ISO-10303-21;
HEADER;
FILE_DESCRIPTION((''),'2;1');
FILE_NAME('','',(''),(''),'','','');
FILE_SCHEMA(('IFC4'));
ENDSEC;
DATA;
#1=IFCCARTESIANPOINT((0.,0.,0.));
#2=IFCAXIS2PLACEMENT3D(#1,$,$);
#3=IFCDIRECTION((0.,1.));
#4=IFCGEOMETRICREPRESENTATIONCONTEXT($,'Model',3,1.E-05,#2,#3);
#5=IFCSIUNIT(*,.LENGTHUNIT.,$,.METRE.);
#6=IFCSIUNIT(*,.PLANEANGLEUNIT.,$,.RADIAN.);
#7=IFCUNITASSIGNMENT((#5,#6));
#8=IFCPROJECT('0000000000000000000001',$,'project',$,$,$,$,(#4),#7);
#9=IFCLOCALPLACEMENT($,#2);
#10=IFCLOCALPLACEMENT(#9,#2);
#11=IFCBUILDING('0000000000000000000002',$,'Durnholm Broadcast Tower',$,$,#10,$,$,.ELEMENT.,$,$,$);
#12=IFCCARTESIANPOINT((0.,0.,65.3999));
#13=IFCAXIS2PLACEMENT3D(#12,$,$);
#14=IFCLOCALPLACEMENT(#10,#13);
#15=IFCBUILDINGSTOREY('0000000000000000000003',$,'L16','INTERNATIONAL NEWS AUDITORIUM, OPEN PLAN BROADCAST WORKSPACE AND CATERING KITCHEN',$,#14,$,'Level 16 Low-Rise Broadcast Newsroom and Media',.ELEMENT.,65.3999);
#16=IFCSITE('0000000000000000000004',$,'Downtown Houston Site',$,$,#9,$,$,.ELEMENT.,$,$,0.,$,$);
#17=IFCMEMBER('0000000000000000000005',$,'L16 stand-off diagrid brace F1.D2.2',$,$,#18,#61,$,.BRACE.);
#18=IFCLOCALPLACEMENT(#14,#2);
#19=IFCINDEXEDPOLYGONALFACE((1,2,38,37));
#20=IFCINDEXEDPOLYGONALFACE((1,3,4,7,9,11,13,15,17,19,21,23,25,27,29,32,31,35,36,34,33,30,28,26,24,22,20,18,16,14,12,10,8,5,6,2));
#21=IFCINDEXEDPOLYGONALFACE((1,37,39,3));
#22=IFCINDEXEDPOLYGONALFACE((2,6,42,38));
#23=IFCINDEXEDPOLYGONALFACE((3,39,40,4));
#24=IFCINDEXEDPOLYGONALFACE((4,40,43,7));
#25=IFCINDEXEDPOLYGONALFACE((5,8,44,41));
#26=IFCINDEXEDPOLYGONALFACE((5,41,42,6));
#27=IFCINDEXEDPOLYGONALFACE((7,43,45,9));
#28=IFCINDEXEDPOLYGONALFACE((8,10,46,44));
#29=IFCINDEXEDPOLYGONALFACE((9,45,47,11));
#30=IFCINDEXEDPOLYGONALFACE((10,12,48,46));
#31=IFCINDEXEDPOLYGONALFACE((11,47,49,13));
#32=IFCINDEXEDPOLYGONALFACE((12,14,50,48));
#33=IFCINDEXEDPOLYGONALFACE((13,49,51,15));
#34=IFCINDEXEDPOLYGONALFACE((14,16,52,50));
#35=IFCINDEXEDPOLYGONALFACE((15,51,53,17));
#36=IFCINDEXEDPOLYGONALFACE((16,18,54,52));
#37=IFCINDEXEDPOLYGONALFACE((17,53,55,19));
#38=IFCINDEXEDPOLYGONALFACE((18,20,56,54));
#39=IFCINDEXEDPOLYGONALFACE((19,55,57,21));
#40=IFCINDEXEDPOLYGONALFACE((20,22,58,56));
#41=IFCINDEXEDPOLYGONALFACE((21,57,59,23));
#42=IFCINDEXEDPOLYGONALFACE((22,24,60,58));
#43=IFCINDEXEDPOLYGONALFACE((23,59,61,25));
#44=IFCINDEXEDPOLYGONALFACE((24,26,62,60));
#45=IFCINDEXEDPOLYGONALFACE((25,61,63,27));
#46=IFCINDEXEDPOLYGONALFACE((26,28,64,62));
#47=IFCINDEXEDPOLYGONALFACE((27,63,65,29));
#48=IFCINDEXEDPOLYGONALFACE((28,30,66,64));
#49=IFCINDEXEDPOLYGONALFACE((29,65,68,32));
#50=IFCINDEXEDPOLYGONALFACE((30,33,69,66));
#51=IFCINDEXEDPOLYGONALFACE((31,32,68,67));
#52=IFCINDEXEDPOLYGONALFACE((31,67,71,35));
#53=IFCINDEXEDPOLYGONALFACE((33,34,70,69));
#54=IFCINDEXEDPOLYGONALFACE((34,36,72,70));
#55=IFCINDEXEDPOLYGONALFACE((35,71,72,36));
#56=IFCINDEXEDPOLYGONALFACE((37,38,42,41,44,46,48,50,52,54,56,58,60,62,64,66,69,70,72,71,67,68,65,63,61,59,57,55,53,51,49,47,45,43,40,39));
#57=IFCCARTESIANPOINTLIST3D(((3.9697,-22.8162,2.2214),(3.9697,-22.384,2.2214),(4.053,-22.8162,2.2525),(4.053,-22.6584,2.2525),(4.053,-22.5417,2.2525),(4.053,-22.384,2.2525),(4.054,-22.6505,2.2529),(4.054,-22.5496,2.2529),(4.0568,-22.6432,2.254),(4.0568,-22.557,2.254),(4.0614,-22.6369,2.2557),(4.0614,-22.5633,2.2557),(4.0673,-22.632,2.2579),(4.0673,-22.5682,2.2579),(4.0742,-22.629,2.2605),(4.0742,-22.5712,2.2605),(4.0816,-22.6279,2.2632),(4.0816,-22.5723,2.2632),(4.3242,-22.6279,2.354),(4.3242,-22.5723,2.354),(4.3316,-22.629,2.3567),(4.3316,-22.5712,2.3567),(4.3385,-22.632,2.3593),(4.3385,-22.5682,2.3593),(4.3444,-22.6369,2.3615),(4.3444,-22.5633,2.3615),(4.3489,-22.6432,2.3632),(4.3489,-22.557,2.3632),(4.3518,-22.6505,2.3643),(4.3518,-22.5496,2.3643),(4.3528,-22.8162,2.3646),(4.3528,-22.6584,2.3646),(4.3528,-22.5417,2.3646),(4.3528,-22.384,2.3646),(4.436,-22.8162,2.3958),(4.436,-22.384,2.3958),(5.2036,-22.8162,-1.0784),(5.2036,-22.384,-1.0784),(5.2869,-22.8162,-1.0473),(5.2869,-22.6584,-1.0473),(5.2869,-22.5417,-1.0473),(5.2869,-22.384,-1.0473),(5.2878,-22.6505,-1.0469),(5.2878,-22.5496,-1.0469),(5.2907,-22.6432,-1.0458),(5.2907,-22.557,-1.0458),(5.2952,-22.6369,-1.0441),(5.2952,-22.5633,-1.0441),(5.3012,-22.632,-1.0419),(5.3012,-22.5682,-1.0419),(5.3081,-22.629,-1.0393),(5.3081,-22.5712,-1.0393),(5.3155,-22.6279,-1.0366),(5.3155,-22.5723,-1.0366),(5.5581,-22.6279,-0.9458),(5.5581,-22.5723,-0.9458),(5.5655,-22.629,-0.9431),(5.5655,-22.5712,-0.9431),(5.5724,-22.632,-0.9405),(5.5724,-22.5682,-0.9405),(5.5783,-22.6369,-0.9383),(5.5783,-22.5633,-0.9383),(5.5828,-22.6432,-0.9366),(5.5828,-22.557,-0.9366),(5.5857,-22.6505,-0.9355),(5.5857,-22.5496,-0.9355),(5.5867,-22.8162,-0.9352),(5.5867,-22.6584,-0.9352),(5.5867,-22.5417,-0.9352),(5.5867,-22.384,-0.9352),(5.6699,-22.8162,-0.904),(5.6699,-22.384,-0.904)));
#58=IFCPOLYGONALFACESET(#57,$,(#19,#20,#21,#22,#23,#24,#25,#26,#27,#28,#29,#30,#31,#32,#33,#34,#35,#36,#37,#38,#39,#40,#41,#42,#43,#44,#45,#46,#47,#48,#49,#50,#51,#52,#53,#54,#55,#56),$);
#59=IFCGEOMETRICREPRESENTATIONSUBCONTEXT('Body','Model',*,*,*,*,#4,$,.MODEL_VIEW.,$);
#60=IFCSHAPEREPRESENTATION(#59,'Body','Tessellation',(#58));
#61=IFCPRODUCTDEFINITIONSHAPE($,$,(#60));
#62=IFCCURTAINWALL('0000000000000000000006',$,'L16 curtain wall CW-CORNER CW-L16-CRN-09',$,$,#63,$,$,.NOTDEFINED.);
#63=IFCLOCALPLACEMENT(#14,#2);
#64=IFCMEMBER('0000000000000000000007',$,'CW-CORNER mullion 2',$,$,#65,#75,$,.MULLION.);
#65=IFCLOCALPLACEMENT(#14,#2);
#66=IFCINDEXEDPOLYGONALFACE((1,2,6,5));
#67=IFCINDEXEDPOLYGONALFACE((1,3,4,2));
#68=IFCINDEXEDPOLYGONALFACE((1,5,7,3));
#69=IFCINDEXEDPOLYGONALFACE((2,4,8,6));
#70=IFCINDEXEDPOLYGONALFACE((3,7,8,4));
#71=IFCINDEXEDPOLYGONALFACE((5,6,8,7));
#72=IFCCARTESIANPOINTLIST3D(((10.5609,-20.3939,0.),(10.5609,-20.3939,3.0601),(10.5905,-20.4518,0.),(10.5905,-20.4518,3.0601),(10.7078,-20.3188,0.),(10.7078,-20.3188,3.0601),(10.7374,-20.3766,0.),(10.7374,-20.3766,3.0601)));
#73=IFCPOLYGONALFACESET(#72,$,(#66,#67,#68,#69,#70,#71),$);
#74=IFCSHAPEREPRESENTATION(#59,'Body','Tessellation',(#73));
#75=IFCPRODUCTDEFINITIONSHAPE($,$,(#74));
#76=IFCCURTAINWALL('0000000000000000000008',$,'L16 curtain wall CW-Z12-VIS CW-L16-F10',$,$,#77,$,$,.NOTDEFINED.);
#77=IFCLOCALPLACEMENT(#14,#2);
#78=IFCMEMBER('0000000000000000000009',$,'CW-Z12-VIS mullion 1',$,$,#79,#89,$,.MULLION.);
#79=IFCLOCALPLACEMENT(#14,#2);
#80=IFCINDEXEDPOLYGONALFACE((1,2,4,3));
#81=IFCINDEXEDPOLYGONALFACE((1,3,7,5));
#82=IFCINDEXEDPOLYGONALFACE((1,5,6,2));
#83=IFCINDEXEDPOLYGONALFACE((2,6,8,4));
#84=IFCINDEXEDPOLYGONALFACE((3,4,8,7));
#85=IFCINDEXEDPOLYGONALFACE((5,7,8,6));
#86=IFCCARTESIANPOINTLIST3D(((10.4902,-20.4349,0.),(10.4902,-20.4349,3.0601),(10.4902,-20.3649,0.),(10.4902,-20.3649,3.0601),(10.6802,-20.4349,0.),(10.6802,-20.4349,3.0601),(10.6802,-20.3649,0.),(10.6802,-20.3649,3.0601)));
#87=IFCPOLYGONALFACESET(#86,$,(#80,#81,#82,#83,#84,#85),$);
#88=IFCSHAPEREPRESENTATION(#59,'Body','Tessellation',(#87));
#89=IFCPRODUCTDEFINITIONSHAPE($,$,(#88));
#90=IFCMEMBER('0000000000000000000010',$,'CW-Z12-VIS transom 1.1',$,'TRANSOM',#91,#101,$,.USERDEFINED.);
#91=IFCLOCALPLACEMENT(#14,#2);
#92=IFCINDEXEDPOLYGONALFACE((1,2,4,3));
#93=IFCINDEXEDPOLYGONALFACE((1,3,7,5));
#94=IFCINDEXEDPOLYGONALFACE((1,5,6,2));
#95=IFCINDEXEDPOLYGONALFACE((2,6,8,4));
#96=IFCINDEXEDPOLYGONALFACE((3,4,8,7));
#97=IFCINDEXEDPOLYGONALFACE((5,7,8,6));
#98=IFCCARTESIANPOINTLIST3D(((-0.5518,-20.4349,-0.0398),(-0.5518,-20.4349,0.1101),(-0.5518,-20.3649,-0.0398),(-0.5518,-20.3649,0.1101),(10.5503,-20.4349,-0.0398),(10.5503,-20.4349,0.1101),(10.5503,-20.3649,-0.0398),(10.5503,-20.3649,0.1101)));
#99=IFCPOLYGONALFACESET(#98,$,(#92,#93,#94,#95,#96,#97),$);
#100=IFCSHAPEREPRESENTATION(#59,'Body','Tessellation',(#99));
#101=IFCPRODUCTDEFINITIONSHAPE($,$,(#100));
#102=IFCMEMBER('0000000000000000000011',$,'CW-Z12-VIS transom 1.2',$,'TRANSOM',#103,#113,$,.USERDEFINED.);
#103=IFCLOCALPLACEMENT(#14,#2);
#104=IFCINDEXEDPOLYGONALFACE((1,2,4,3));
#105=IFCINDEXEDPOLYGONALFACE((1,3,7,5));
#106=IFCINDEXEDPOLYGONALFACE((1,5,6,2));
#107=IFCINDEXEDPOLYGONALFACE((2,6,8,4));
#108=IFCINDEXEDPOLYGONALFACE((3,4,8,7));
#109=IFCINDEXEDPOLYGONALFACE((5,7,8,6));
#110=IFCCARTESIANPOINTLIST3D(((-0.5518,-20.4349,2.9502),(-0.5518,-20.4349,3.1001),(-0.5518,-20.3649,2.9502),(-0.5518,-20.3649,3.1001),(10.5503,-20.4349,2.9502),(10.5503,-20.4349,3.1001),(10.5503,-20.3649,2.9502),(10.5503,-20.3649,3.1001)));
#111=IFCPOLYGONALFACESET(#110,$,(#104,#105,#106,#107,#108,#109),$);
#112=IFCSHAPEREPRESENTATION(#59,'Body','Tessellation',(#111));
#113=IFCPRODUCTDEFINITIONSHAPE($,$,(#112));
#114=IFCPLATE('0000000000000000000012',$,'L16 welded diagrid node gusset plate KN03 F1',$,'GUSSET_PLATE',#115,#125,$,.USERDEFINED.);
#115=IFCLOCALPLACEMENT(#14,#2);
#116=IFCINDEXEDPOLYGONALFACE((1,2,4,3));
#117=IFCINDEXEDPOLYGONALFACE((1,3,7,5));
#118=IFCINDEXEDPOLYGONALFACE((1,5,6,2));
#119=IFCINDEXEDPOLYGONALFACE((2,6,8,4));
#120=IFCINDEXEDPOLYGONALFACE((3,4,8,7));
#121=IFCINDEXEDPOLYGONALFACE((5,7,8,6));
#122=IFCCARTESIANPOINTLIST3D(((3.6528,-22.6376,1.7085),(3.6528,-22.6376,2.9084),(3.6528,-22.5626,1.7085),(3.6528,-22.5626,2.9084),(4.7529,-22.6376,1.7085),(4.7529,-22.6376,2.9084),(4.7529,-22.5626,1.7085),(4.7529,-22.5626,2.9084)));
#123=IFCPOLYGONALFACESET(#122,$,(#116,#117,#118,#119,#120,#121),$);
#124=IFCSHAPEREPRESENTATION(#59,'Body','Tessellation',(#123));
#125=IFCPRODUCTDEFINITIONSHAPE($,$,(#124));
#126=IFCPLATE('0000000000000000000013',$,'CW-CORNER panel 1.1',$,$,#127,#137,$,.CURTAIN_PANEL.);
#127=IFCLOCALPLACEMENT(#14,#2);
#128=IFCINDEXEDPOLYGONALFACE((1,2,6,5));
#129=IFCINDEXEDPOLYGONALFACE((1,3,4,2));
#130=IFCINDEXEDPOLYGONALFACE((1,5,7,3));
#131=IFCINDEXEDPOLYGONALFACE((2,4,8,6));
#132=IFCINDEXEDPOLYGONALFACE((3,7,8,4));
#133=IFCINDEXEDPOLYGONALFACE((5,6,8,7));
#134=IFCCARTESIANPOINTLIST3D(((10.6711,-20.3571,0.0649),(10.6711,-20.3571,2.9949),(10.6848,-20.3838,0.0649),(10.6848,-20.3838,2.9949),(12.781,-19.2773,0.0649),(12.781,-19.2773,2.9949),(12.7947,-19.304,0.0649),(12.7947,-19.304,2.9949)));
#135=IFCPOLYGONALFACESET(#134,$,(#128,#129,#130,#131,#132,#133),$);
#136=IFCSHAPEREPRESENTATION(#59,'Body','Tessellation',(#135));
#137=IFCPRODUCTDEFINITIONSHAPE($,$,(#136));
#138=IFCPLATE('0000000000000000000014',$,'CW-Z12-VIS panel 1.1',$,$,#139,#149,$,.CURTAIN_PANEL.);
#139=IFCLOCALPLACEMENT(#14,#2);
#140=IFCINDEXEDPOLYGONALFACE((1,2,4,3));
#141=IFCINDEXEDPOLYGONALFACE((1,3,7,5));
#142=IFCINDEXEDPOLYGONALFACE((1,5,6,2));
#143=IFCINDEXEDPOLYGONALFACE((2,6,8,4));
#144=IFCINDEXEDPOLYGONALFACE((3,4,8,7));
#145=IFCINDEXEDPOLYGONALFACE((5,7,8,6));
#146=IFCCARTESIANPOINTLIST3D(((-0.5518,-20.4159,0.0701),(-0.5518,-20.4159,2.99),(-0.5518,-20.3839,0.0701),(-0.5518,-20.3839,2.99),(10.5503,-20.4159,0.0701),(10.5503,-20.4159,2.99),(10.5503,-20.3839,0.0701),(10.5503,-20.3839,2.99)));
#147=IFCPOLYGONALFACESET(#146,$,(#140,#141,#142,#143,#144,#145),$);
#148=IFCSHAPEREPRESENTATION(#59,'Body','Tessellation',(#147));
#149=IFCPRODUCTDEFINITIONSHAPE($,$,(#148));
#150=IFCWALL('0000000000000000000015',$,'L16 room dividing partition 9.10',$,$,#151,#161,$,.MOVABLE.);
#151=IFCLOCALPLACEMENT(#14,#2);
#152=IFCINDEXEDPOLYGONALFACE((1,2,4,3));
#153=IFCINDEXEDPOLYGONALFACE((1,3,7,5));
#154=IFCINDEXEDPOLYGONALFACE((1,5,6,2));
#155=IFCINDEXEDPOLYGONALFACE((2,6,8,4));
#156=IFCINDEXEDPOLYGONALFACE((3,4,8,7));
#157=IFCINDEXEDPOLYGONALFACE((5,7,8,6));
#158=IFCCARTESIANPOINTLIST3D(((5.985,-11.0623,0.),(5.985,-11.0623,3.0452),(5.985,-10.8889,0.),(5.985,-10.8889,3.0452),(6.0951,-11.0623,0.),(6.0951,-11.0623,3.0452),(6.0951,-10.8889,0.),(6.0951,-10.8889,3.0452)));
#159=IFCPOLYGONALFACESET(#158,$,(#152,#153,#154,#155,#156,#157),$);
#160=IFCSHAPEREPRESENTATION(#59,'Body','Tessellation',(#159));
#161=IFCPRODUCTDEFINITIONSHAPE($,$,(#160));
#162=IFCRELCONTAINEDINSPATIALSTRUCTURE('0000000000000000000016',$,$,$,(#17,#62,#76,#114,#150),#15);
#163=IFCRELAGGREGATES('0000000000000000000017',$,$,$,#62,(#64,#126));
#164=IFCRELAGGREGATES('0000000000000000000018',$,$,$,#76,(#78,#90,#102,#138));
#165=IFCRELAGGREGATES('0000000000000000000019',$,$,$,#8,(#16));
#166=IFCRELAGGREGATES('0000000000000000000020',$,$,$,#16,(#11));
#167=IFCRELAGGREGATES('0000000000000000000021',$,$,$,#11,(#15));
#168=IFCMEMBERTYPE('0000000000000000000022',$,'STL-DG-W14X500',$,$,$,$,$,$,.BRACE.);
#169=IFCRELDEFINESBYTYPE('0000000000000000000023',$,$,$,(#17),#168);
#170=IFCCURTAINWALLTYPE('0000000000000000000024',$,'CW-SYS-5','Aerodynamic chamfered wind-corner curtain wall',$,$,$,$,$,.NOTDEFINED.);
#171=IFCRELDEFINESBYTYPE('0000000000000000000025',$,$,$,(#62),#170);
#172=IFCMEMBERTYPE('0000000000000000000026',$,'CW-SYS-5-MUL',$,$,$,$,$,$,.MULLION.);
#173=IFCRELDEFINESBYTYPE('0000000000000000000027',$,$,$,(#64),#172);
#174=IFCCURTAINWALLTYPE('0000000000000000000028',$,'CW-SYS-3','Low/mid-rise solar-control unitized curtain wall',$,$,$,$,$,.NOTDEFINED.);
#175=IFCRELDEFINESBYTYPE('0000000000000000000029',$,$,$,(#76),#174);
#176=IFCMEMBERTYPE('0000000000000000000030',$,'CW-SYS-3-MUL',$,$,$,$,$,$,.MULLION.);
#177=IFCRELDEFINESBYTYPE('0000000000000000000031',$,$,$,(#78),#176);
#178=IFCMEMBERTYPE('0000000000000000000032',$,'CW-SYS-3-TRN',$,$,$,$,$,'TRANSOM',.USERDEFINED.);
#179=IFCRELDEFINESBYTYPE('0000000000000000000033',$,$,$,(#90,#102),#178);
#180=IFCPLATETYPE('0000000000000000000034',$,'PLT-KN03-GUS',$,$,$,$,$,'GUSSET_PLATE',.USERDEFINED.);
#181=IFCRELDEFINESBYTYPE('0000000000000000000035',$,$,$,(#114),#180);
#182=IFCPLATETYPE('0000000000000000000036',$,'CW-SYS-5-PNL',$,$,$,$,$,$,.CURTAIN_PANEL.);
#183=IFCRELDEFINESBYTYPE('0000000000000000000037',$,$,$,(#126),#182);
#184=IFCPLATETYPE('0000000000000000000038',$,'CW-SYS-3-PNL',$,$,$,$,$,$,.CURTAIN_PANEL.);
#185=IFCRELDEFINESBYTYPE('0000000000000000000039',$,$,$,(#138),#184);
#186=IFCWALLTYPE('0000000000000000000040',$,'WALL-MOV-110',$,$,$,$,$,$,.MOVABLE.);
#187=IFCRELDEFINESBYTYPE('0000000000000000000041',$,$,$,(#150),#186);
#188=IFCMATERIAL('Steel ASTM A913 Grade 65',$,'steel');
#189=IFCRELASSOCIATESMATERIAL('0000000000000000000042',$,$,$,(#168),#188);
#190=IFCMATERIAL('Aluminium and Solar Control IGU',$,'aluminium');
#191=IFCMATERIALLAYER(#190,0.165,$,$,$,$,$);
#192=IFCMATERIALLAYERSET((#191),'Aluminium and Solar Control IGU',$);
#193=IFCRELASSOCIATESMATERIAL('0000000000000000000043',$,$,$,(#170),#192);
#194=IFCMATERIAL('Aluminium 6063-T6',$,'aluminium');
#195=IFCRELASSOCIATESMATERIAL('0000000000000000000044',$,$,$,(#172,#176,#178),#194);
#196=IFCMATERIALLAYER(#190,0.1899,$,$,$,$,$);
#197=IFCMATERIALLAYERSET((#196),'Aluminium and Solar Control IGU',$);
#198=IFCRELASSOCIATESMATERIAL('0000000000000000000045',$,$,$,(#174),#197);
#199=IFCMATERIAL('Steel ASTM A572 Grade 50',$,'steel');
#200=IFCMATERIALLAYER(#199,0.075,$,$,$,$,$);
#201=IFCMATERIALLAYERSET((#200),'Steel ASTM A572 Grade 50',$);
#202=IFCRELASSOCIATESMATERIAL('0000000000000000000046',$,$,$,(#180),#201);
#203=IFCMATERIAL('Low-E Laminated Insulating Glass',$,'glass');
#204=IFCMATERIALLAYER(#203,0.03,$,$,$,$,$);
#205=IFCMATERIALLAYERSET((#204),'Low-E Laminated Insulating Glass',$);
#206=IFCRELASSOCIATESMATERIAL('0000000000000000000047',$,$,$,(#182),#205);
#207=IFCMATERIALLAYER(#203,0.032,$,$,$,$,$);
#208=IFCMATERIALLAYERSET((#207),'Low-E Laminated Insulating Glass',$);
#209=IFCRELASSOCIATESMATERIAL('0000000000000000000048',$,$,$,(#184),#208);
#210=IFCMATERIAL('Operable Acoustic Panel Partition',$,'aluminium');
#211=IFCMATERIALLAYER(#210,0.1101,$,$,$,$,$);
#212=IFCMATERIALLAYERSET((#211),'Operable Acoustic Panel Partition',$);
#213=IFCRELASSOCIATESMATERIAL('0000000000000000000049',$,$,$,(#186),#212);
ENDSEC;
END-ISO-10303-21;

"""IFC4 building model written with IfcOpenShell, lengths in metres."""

from ifc_helpers import new_model, si_unit, direction, frame, frame_2d, origin, origin_2d, place, context, subcontext, project, spatial, rectangle, i_section, extrude, source, transform, mapped, material, layer, layer_set, material_profile, profile_set, type_object, type_shapes, element, aggregate, save


model = new_model("IFC4")

# Units and contexts
model_context = context("Model", 3, precision=1e-05, world=origin(), true_north=direction((0.0, 1.0)))
body_context = subcontext(model_context, "Body", "Model", "MODEL_VIEW")
ifc_project = project(units=[si_unit("LENGTHUNIT", "METRE"), si_unit("PLANEANGLEUNIT", "RADIAN")], contexts=[model_context])

# Site, building, storey
site_placement = place(None, origin())
site = spatial("IfcSite", under=ifc_project, at=site_placement, Name="Downtown Houston Site", CompositionType="ELEMENT", RefElevation=0.0)
building_placement = place(site_placement, origin())
building = spatial("IfcBuilding", under=site, at=building_placement, Name="Durnholm Broadcast Tower", CompositionType="ELEMENT")
storey_placement = place(building_placement, frame((0.0, 0.0, 65.3999)))
storey = spatial("IfcBuildingStorey", under=building, at=storey_placement, Name="L16", Description="INTERNATIONAL NEWS AUDITORIUM, OPEN PLAN BROADCAST WORKSPACE AND CATERING KITCHEN", LongName="Level 16 Low-Rise Broadcast Newsroom and Media", CompositionType="ELEMENT", Elevation=65.3999)

# Member
ifc_material_1 = material(Name="Steel ASTM A913 Grade 65", Category="steel")
ifc_material_profile_1 = material_profile(ifc_material_1, i_section(OverallWidth=0.4321, OverallDepth=0.4978, WebThickness=0.0557, FlangeThickness=0.0889, FilletRadius=0.0305, at=origin_2d()), Name="W14X500")
ifc_profile_set_1 = profile_set([ifc_material_profile_1], Name="Steel ASTM A913 Grade 65")
member_type_1 = type_object("IfcMemberType", Name="STL-DG-W14X500", PredefinedType="BRACE", material=ifc_profile_set_1)
shared_shape_1 = source(origin(), body_context, "Body", "SweptSolid", [
    extrude(i_section(OverallWidth=0.4321, OverallDepth=0.4978, WebThickness=0.0557, FlangeThickness=0.0889, FilletRadius=0.0305, at=origin_2d()), origin(), (0.0, 0.0, 1.0), 3.5229),
])
type_shapes(member_type_1, [shared_shape_1])
for number, where, z_axis, x_axis, name in (
    (1, (5.4368, -22.6001, -0.9912), (-0.350242, 0.0, 0.936659), (0.0, -1.0, 0.0), "L16 stand-off diagrid brace F1.D2.2"),
):
    element("IfcMember", number, at=place(storey_placement, frame(where, z_axis=z_axis, x_axis=x_axis)), inside=storey, type_object=member_type_1, Name=name, PredefinedType="BRACE", context=body_context, shape_type="MappedRepresentation", body=[
        mapped(shared_shape_1, transform((0.0, 0.0, 0.0), x_axis=(1.0, 0.0, 0.0), y_axis=(0.0, 1.0, 0.0), z_axis=(0.0, 0.0, 1.0), scale=1.0)),
    ])

# Curtain wall, member
ifc_material_2 = material(Name="Aluminium and Solar Control IGU", Category="aluminium")
ifc_layer_1 = layer(ifc_material_2, 0.165)
ifc_layer_set_1 = layer_set([ifc_layer_1], Name="Aluminium and Solar Control IGU")
curtain_wall_type_1 = type_object("IfcCurtainWallType", Name="CW-SYS-5", Description="Aerodynamic chamfered wind-corner curtain wall", PredefinedType="NOTDEFINED", material=ifc_layer_set_1)
curtain_wall_1_placement = place(storey_placement, origin())
curtain_wall_1 = element("IfcCurtainWall", 2, at=curtain_wall_1_placement, inside=storey, type_object=curtain_wall_type_1, Name="L16 curtain wall CW-CORNER CW-L16-CRN-09", PredefinedType="NOTDEFINED")
ifc_material_3 = material(Name="Aluminium 6063-T6", Category="aluminium")
ifc_material_profile_2 = material_profile(ifc_material_3, rectangle(XDim=0.0649, YDim=0.165, at=origin_2d()), Name="CWM65X165")
ifc_profile_set_2 = profile_set([ifc_material_profile_2], Name="Aluminium 6063-T6")
member_type_2 = type_object("IfcMemberType", Name="CW-SYS-5-MUL", PredefinedType="MULLION", material=ifc_profile_set_2)
shared_shape_2 = source(origin(), body_context, "Body", "SweptSolid", [
    extrude(rectangle(XDim=0.0649, YDim=0.165, at=origin_2d()), origin(), (0.0, 0.0, 1.0), 3.0601),
])
type_shapes(member_type_2, [shared_shape_2])
member_1_placement = place(storey_placement, frame((10.6492, -20.3853, 0.0), z_axis=(0.0, 0.0, 1.0), x_axis=(0.455594, -0.890188, 0.0)))
member_1 = element("IfcMember", 3, at=member_1_placement, type_object=member_type_2, Name="CW-CORNER mullion 2", PredefinedType="MULLION", context=body_context, shape_type="MappedRepresentation", body=[
    mapped(shared_shape_2, transform((0.0, 0.0, 0.0), x_axis=(1.0, 0.0, 0.0), y_axis=(0.0, 1.0, 0.0), z_axis=(0.0, 0.0, 1.0), scale=1.0)),
])

# Curtain wall, members
ifc_layer_2 = layer(ifc_material_2, 0.1899)
ifc_layer_set_2 = layer_set([ifc_layer_2], Name="Aluminium and Solar Control IGU")
curtain_wall_type_2 = type_object("IfcCurtainWallType", Name="CW-SYS-3", Description="Low/mid-rise solar-control unitized curtain wall", PredefinedType="NOTDEFINED", material=ifc_layer_set_2)
curtain_wall_2_placement = place(storey_placement, origin())
curtain_wall_2 = element("IfcCurtainWall", 4, at=curtain_wall_2_placement, inside=storey, type_object=curtain_wall_type_2, Name="L16 curtain wall CW-Z12-VIS CW-L16-F10", PredefinedType="NOTDEFINED")
ifc_material_profile_3 = material_profile(ifc_material_3, rectangle(XDim=0.0701, YDim=0.1899, at=origin_2d()), Name="CWM70X190")
ifc_profile_set_3 = profile_set([ifc_material_profile_3], Name="Aluminium 6063-T6")
member_type_3 = type_object("IfcMemberType", Name="CW-SYS-3-MUL", PredefinedType="MULLION", material=ifc_profile_set_3)
shared_shape_3 = source(origin(), body_context, "Body", "SweptSolid", [
    extrude(rectangle(XDim=0.0701, YDim=0.1899, at=origin_2d()), origin(), (0.0, 0.0, 1.0), 3.0601),
])
type_shapes(member_type_3, [shared_shape_3])
member_2_placement = place(storey_placement, frame((10.5852, -20.3999, 0.0), z_axis=(0.0, 0.0, 1.0), x_axis=(0.0, -1.0, 0.0)))
member_2 = element("IfcMember", 5, at=member_2_placement, type_object=member_type_3, Name="CW-Z12-VIS mullion 1", PredefinedType="MULLION", context=body_context, shape_type="MappedRepresentation", body=[
    mapped(shared_shape_3, transform((0.0, 0.0, 0.0), x_axis=(1.0, 0.0, 0.0), y_axis=(0.0, 1.0, 0.0), z_axis=(0.0, 0.0, 1.0), scale=1.0)),
])
ifc_material_profile_4 = material_profile(ifc_material_3, rectangle(XDim=0.0701, YDim=0.1499, at=origin_2d()), Name="CWT70X150")
ifc_profile_set_4 = profile_set([ifc_material_profile_4], Name="Aluminium 6063-T6")
member_type_4 = type_object("IfcMemberType", Name="CW-SYS-3-TRN", ElementType="TRANSOM", PredefinedType="USERDEFINED", material=ifc_profile_set_4)
shared_shape_4 = source(origin(), body_context, "Body", "SweptSolid", [
    extrude(rectangle(XDim=0.0701, YDim=0.1499, at=origin_2d()), origin(), (0.0, 0.0, 1.0), 11.1021),
])
type_shapes(member_type_4, [shared_shape_4])
member_3_placement = place(storey_placement, frame((10.5503, -20.3999, 0.0352), z_axis=(-1.0, 0.0, 0.0), x_axis=(0.0, -1.0, 0.0)))
member_3 = element("IfcMember", 6, at=member_3_placement, type_object=member_type_4, Name="CW-Z12-VIS transom 1.1", ObjectType="TRANSOM", PredefinedType="USERDEFINED", context=body_context, shape_type="MappedRepresentation", body=[
    mapped(shared_shape_4, transform((0.0, 0.0, 0.0), x_axis=(1.0, 0.0, 0.0), y_axis=(0.0, 1.0, 0.0), z_axis=(0.0, 0.0, 1.0), scale=1.0)),
])
member_4_placement = place(storey_placement, frame((10.5503, -20.3999, 3.0251), z_axis=(-1.0, 0.0, 0.0), x_axis=(0.0, -1.0, 0.0)))
member_4 = element("IfcMember", 7, at=member_4_placement, type_object=member_type_4, Name="CW-Z12-VIS transom 1.2", ObjectType="TRANSOM", PredefinedType="USERDEFINED", context=body_context, shape_type="MappedRepresentation", body=[
    mapped(shared_shape_4, transform((0.0, 0.0, 0.0), x_axis=(1.0, 0.0, 0.0), y_axis=(0.0, 1.0, 0.0), z_axis=(0.0, 0.0, 1.0), scale=1.0)),
])

# Plates
ifc_material_4 = material(Name="Steel ASTM A572 Grade 50", Category="steel")
ifc_layer_3 = layer(ifc_material_4, 0.075)
ifc_layer_set_3 = layer_set([ifc_layer_3], Name="Steel ASTM A572 Grade 50")
plate_type_1 = type_object("IfcPlateType", Name="PLT-KN03-GUS", ElementType="GUSSET_PLATE", PredefinedType="USERDEFINED", material=ifc_layer_set_3)
shared_shape_5 = source(origin(), body_context, "Body", "SweptSolid", [
    extrude(rectangle(XDim=1.1001, YDim=0.075, at=origin_2d()), origin(), (0.0, 0.0, 1.0), 1.2),
])
type_shapes(plate_type_1, [shared_shape_5])
plate_1_placement = place(storey_placement, frame((4.2029, -22.6001, 1.7085), z_axis=(0.0, 0.0, 1.0), x_axis=(1.0, 0.0, 0.0)))
element("IfcPlate", 8, at=plate_1_placement, inside=storey, type_object=plate_type_1, Name="L16 welded diagrid node gusset plate KN03 F1", ObjectType="GUSSET_PLATE", PredefinedType="USERDEFINED", context=body_context, shape_type="MappedRepresentation", body=[
    mapped(shared_shape_5, transform((0.0, 0.0, 0.0), x_axis=(1.0, 0.0, 0.0), y_axis=(0.0, 1.0, 0.0), z_axis=(0.0, 0.0, 1.0), scale=1.0)),
])
ifc_material_5 = material(Name="Low-E Laminated Insulating Glass", Category="glass")
ifc_layer_4 = layer(ifc_material_5, 0.03)
ifc_layer_set_4 = layer_set([ifc_layer_4], Name="Low-E Laminated Insulating Glass")
plate_type_2 = type_object("IfcPlateType", Name="CW-SYS-5-PNL", PredefinedType="CURTAIN_PANEL", material=ifc_layer_set_4)
shared_shape_6 = source(origin(), body_context, "Body", "SweptSolid", [
    extrude(rectangle(XDim=2.3701, YDim=0.03, at=origin_2d()), origin(), (0.0, 0.0, 1.0), 2.9299),
])
type_shapes(plate_type_2, [shared_shape_6])
plate_2_placement = place(storey_placement, frame((11.7329, -19.8306, 0.0649), z_axis=(0.0, 0.0, 1.0), x_axis=(-0.890188, -0.455594, 0.0)))
plate_2 = element("IfcPlate", 9, at=plate_2_placement, type_object=plate_type_2, Name="CW-CORNER panel 1.1", PredefinedType="CURTAIN_PANEL", context=body_context, shape_type="MappedRepresentation", body=[
    mapped(shared_shape_6, transform((0.0, 0.0, 0.0), x_axis=(1.0, 0.0, 0.0), y_axis=(0.0, 1.0, 0.0), z_axis=(0.0, 0.0, 1.0), scale=1.0)),
])
aggregate(curtain_wall_1, [member_1, plate_2])
ifc_layer_5 = layer(ifc_material_5, 0.032)
ifc_layer_set_5 = layer_set([ifc_layer_5], Name="Low-E Laminated Insulating Glass")
plate_type_3 = type_object("IfcPlateType", Name="CW-SYS-3-PNL", PredefinedType="CURTAIN_PANEL", material=ifc_layer_set_5)
shared_shape_7 = source(origin(), body_context, "Body", "SweptSolid", [
    extrude(rectangle(XDim=11.1021, YDim=0.032, at=origin_2d()), origin(), (0.0, 0.0, 1.0), 2.9199),
])
type_shapes(plate_type_3, [shared_shape_7])
plate_3_placement = place(storey_placement, frame((4.9993, -20.3999, 0.0701), z_axis=(0.0, 0.0, 1.0), x_axis=(-1.0, 0.0, 0.0)))
plate_3 = element("IfcPlate", 10, at=plate_3_placement, type_object=plate_type_3, Name="CW-Z12-VIS panel 1.1", PredefinedType="CURTAIN_PANEL", context=body_context, shape_type="MappedRepresentation", body=[
    mapped(shared_shape_7, transform((0.0, 0.0, 0.0), x_axis=(1.0, 0.0, 0.0), y_axis=(0.0, 1.0, 0.0), z_axis=(0.0, 0.0, 1.0), scale=1.0)),
])
aggregate(curtain_wall_2, [member_2, member_3, member_4, plate_3])

# Wall
ifc_material_6 = material(Name="Operable Acoustic Panel Partition", Category="aluminium")
ifc_layer_6 = layer(ifc_material_6, 0.1101)
ifc_layer_set_6 = layer_set([ifc_layer_6], Name="Operable Acoustic Panel Partition")
wall_type_1 = type_object("IfcWallType", Name="WALL-MOV-110", PredefinedType="MOVABLE", material=ifc_layer_set_6)
wall_1_placement = place(storey_placement, frame((6.04, -10.8889, 0.0), z_axis=(0.0, 0.0, 1.0), x_axis=(0.0, -1.0, 0.0)))
element("IfcWall", 11, at=wall_1_placement, inside=storey, type_object=wall_type_1, Name="L16 room dividing partition 9.10", PredefinedType="MOVABLE", context=body_context, shape_type="SweptSolid", body=[
    extrude(rectangle(XDim=0.1733, YDim=0.1101, at=frame_2d((0.0867, 0.0))), origin(), (0.0, 0.0, 1.0), 3.0452),
])

save(model, "model.ifc")
